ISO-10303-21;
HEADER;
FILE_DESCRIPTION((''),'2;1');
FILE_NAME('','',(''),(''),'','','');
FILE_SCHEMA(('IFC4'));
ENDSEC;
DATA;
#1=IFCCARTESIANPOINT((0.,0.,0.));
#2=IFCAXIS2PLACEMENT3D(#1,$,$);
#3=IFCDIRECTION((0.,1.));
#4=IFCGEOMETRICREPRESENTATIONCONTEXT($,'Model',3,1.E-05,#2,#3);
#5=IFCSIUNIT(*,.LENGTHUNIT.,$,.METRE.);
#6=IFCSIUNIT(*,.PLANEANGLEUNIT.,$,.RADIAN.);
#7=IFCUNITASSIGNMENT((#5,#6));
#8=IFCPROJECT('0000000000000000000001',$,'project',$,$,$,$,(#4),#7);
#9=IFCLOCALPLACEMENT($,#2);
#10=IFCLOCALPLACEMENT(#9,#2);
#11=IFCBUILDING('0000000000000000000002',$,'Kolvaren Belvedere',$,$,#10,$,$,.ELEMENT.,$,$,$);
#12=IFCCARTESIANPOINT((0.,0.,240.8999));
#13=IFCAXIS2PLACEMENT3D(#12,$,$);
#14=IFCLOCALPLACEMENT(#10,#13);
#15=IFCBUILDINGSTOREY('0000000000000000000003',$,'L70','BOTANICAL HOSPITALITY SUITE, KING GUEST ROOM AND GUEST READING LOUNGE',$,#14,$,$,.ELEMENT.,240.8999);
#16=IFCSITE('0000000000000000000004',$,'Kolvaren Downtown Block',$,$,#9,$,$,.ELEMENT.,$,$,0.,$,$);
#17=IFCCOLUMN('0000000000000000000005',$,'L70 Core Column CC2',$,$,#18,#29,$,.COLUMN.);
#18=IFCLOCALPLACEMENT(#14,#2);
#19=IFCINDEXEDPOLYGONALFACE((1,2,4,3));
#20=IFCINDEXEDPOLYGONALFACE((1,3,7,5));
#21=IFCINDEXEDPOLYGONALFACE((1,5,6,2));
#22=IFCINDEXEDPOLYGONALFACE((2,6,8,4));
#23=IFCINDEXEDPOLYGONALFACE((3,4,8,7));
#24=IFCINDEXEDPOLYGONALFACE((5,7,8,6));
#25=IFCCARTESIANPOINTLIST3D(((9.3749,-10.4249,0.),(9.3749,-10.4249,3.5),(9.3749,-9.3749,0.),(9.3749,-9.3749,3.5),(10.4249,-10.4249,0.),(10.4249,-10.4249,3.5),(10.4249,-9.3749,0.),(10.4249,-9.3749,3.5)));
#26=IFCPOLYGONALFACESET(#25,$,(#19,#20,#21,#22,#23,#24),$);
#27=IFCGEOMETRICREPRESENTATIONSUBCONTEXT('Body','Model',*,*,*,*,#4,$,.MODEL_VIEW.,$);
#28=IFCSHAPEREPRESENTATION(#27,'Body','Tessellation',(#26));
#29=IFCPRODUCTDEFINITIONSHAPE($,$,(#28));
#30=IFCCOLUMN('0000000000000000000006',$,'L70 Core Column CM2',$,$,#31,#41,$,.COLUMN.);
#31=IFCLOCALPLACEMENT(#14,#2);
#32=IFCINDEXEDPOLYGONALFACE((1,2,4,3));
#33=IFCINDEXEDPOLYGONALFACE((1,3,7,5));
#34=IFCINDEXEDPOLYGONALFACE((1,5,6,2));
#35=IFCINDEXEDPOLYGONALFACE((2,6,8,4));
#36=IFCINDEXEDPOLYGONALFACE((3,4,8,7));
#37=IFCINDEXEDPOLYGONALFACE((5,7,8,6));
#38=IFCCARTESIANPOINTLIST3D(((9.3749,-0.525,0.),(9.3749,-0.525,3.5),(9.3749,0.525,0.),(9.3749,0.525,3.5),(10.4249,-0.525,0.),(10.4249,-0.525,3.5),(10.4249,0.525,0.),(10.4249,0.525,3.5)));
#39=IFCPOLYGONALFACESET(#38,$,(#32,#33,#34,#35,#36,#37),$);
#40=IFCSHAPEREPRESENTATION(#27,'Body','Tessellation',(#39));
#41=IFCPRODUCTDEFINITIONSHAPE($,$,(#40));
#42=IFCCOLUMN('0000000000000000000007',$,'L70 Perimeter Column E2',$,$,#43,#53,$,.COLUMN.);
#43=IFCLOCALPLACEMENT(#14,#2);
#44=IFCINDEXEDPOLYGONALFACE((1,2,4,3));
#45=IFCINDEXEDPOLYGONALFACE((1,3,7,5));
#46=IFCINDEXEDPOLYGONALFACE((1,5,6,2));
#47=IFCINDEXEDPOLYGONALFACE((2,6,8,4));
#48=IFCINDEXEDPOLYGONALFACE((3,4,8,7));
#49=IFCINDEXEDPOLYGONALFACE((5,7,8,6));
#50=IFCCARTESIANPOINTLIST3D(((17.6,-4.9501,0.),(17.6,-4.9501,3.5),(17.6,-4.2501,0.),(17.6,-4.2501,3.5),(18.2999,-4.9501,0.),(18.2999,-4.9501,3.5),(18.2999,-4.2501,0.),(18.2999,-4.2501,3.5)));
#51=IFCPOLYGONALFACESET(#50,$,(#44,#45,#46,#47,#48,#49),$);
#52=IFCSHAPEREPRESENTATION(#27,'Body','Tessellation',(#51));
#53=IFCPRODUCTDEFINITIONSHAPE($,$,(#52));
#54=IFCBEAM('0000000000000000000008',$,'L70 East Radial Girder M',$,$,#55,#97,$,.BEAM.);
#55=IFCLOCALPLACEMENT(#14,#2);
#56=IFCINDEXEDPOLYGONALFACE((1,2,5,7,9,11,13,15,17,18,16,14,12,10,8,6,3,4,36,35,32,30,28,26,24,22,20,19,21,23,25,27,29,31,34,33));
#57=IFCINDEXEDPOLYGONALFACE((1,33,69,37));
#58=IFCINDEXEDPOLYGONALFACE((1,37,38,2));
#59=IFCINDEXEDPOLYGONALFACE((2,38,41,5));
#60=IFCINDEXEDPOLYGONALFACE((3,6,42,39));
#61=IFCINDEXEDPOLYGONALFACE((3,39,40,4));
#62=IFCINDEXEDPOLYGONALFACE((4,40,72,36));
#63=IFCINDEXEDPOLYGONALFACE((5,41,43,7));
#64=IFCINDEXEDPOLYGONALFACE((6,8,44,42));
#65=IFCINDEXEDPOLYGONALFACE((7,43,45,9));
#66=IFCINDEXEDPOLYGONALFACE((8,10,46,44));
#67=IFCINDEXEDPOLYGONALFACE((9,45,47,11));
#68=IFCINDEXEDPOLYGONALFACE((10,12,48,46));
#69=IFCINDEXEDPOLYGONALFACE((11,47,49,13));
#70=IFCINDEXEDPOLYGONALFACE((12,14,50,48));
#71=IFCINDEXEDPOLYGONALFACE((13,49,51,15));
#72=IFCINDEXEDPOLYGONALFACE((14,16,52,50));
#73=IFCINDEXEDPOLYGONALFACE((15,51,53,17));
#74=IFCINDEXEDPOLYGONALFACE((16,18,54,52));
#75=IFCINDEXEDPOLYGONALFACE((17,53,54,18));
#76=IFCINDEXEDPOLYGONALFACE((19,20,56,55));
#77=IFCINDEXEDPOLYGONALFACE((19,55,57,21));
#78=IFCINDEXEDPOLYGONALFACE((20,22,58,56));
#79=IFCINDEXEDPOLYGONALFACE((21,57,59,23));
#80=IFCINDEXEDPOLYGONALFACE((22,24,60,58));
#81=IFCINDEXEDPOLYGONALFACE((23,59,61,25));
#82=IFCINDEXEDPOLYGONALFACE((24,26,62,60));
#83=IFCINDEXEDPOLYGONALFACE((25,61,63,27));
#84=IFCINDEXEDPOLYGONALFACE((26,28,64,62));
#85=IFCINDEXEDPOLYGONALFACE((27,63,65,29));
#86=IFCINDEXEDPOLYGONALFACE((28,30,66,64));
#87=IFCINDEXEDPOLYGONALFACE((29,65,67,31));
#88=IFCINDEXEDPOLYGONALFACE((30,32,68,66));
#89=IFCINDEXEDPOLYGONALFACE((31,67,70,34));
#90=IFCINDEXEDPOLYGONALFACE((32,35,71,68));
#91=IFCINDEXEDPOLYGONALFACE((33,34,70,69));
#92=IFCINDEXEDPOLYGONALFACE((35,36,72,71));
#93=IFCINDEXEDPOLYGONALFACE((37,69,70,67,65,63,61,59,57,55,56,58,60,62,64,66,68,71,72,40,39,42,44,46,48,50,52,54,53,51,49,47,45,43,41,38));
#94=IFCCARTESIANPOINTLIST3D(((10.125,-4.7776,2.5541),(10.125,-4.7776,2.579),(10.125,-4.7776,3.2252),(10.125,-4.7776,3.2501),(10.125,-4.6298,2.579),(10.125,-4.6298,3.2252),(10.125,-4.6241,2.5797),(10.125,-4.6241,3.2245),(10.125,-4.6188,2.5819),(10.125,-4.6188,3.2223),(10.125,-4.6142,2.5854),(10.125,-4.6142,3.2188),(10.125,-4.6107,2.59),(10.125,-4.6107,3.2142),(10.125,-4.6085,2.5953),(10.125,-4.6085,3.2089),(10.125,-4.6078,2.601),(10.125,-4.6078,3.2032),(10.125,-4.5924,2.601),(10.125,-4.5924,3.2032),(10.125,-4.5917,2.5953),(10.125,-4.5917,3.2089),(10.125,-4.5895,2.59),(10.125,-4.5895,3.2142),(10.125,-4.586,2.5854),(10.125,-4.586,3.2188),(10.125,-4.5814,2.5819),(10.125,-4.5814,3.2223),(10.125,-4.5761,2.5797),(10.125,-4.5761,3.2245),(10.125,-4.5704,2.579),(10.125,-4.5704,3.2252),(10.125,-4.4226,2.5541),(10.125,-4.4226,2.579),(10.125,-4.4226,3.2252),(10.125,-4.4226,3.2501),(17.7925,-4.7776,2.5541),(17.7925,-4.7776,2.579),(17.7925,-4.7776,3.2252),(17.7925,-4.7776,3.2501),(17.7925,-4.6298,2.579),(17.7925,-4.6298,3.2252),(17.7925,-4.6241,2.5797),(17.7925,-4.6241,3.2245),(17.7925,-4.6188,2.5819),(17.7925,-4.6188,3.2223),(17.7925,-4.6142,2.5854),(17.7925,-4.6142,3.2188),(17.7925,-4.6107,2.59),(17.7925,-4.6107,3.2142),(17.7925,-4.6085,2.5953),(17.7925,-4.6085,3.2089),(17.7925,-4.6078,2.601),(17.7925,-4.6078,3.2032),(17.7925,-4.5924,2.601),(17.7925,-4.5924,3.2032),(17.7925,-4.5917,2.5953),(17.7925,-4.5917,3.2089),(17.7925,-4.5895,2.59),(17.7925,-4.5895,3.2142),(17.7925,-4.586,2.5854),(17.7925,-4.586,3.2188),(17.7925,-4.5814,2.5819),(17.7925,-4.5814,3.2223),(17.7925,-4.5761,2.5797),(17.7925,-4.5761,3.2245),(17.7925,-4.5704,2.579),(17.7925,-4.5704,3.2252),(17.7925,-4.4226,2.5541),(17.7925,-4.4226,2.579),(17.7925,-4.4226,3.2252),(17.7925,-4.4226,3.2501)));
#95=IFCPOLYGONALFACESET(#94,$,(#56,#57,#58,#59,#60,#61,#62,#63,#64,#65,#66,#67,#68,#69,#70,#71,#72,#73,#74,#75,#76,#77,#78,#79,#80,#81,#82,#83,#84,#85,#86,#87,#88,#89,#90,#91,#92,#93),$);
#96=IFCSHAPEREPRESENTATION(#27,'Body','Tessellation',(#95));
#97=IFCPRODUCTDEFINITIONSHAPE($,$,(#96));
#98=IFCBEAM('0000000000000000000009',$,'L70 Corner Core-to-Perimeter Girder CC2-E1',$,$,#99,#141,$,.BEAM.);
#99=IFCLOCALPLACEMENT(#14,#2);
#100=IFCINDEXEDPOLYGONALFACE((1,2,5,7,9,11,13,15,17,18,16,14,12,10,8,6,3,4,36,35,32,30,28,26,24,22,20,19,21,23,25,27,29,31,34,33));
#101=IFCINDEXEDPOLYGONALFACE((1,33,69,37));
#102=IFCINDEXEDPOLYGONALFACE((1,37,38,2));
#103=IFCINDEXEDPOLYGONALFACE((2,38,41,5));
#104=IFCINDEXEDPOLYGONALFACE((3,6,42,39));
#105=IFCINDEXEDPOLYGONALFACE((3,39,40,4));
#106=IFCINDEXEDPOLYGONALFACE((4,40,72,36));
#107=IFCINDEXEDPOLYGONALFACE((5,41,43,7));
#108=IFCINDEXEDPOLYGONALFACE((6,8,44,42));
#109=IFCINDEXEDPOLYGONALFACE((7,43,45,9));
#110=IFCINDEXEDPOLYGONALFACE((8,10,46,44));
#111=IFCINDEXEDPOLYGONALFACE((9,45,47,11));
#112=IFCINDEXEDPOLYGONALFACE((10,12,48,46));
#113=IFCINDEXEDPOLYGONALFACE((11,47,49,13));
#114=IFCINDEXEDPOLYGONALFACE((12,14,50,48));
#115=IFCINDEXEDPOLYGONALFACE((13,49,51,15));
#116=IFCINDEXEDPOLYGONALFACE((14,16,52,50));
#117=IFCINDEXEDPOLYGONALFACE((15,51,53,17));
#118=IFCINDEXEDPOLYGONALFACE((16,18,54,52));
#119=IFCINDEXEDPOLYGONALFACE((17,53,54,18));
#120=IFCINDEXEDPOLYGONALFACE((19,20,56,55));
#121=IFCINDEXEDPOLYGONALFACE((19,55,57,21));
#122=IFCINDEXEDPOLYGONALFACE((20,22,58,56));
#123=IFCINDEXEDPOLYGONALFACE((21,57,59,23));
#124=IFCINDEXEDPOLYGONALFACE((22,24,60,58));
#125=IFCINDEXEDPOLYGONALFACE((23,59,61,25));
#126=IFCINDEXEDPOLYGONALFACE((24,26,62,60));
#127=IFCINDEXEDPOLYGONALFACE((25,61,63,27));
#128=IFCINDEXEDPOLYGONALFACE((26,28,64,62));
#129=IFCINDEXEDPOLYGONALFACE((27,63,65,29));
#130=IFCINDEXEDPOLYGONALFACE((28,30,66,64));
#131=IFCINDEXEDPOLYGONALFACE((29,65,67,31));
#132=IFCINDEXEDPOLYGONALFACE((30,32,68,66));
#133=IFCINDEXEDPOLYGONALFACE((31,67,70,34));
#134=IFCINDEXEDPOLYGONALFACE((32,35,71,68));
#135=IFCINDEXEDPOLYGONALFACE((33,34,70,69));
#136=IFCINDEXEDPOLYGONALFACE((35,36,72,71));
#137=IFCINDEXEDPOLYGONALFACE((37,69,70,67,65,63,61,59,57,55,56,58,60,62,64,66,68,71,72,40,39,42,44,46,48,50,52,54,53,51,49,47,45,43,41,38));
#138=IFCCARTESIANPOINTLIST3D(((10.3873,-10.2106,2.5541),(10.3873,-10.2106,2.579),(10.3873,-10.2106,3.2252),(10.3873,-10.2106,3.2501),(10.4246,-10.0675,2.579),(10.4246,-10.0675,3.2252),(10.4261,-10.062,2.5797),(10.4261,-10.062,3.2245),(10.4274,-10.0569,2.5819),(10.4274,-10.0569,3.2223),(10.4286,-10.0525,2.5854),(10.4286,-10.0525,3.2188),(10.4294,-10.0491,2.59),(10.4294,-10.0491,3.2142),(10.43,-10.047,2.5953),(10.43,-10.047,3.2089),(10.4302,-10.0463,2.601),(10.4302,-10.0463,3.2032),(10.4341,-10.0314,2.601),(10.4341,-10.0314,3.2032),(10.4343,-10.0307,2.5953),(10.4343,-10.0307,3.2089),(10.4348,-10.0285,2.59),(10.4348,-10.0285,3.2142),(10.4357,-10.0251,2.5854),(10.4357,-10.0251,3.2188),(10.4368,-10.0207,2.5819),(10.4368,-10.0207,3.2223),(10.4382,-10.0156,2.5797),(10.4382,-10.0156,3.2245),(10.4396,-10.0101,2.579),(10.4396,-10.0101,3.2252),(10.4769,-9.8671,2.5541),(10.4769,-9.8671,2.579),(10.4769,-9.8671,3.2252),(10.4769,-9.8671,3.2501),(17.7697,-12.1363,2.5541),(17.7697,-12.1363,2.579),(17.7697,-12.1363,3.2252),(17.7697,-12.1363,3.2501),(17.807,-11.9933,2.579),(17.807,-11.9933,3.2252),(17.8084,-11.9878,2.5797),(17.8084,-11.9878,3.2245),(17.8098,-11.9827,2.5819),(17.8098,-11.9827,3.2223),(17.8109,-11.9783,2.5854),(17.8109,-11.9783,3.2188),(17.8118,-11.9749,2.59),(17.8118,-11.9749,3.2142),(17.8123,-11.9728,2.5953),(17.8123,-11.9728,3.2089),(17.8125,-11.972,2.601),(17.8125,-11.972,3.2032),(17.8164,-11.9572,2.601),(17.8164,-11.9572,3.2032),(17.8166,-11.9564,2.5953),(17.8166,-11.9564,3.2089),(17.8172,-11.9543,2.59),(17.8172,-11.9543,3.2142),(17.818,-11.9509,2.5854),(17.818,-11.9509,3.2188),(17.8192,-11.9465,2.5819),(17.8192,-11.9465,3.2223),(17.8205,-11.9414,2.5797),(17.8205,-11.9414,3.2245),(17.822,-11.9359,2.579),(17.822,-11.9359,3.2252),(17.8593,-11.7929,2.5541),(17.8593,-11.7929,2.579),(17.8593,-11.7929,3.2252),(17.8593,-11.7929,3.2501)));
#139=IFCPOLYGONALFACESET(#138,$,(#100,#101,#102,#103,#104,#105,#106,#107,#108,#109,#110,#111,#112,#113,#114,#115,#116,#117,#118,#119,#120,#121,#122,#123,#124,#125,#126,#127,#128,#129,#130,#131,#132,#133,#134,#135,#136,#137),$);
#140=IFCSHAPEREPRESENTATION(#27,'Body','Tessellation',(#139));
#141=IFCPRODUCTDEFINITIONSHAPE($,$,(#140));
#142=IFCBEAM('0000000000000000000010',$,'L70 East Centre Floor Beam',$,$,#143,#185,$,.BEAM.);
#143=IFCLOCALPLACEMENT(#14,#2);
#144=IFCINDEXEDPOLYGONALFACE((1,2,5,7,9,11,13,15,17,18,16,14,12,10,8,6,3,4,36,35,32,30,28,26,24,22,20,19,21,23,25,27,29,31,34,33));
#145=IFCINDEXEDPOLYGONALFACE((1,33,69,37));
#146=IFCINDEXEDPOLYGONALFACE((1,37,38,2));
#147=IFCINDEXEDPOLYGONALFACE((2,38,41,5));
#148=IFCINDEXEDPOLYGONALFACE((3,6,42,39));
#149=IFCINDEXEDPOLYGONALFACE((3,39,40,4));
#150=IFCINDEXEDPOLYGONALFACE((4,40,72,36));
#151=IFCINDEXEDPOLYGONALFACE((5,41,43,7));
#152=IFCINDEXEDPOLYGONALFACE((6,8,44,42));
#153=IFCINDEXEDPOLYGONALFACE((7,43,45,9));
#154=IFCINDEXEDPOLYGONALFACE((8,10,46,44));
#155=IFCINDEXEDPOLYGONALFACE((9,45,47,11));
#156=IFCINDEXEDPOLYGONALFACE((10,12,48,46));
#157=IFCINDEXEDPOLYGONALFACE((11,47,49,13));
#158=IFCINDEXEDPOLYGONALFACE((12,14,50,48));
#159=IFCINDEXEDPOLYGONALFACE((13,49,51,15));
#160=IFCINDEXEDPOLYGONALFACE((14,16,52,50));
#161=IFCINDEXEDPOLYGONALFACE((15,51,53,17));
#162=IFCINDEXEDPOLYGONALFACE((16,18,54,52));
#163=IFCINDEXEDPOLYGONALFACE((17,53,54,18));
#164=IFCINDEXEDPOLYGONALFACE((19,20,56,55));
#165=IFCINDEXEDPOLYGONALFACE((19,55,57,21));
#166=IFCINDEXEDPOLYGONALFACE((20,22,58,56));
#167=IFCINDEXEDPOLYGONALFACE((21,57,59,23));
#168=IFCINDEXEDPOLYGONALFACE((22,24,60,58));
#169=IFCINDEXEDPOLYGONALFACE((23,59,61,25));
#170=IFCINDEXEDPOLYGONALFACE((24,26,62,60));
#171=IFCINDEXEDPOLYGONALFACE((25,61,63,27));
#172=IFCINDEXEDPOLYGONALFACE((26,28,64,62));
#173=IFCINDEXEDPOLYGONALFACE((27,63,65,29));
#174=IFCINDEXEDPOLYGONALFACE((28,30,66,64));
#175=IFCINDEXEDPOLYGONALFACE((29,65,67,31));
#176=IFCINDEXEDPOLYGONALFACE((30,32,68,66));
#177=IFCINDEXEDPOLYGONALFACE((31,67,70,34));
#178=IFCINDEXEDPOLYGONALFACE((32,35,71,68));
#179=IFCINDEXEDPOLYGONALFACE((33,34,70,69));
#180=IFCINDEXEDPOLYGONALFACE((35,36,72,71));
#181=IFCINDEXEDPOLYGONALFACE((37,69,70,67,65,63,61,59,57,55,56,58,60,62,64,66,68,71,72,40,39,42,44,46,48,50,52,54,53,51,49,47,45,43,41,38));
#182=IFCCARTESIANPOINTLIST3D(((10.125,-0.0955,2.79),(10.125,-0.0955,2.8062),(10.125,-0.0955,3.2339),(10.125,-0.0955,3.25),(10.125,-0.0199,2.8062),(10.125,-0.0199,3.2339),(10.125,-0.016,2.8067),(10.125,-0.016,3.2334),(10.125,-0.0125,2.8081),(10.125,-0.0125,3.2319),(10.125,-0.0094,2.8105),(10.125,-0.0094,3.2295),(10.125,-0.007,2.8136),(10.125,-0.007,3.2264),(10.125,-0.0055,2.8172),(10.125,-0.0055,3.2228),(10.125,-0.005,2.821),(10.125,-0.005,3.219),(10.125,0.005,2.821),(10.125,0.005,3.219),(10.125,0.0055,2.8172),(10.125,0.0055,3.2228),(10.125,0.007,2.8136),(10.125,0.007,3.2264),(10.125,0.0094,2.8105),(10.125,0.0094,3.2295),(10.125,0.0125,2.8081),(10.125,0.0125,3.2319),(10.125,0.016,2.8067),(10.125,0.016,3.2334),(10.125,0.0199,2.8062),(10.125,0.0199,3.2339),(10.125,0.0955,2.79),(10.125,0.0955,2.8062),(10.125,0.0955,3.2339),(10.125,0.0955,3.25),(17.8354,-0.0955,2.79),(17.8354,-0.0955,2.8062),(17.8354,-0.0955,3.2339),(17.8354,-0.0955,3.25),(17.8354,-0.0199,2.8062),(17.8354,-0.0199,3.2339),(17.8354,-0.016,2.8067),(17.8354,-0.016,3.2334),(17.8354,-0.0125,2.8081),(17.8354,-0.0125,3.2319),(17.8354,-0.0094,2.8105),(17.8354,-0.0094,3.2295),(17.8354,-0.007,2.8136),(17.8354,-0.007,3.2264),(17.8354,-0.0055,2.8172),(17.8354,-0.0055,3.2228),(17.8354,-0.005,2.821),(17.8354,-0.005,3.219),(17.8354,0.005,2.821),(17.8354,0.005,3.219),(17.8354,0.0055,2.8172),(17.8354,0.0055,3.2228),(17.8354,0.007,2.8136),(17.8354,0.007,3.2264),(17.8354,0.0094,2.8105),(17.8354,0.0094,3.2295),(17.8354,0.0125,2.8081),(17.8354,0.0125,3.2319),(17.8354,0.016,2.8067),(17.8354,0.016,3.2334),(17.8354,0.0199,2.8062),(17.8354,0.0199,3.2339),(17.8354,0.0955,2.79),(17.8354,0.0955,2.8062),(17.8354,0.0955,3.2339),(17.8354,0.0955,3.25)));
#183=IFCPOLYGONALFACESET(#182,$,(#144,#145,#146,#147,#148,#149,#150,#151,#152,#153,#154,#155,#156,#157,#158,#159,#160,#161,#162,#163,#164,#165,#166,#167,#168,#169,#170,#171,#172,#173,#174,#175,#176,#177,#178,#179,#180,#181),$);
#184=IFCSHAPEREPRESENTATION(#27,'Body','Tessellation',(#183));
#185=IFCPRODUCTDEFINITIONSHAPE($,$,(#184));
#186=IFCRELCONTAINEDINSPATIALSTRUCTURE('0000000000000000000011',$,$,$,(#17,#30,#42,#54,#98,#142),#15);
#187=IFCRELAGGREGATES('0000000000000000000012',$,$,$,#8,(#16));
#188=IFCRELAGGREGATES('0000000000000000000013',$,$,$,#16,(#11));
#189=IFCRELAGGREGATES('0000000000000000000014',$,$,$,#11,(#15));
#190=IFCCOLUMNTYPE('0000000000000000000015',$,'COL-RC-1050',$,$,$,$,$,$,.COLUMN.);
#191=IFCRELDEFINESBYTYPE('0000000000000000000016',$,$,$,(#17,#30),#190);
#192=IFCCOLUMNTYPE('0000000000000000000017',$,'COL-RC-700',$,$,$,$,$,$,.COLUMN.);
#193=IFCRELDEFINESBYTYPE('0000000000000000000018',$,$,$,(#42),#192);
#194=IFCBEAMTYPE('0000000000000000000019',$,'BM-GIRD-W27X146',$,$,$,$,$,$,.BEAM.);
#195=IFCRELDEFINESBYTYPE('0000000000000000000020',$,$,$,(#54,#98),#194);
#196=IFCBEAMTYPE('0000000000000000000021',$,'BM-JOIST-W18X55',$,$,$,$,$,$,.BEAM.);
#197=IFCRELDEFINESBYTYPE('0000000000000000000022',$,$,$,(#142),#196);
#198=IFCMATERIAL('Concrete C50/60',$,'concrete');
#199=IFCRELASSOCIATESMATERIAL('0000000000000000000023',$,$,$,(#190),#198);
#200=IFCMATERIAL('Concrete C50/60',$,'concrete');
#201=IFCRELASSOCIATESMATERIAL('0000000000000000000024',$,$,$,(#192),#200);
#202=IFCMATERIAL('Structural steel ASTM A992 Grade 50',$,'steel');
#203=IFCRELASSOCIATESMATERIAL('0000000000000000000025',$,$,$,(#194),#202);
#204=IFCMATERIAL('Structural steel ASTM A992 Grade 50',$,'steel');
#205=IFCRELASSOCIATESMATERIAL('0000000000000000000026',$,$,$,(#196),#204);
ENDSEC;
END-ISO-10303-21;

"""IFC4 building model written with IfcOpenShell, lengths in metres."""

from ifc_helpers import new_model, si_unit, direction, frame, origin, origin_2d, place, context, subcontext, project, spatial, rectangle, i_section, extrude, material, material_profile, profile_set, type_object, element, save


model = new_model("IFC4")

# Units and contexts
model_context = context("Model", 3, precision=1e-05, world=origin(), true_north=direction((0.0, 1.0)))
body_context = subcontext(model_context, "Body", "Model", "MODEL_VIEW")
ifc_project = project(units=[si_unit("LENGTHUNIT", "METRE"), si_unit("PLANEANGLEUNIT", "RADIAN")], contexts=[model_context])

# Site, building, storey
site_placement = place(None, origin())
site = spatial("IfcSite", under=ifc_project, at=site_placement, Name="Kolvaren Downtown Block", CompositionType="ELEMENT", RefElevation=0.0)
building_placement = place(site_placement, origin())
building = spatial("IfcBuilding", under=site, at=building_placement, Name="Kolvaren Belvedere", CompositionType="ELEMENT")
storey_placement = place(building_placement, frame((0.0, 0.0, 240.8999)))
storey = spatial("IfcBuildingStorey", under=building, at=storey_placement, Name="L70", Description="BOTANICAL HOSPITALITY SUITE, KING GUEST ROOM AND GUEST READING LOUNGE", CompositionType="ELEMENT", Elevation=240.8999)

# Columns
ifc_material_1 = material(Name="Concrete C50/60", Category="concrete")
ifc_material_profile_1 = material_profile(ifc_material_1, rectangle(XDim=1.05, YDim=1.05, at=origin_2d()), Name="RC 1050X1050")
ifc_profile_set_1 = profile_set([ifc_material_profile_1], Name="Concrete C50/60")
column_type_1 = type_object("IfcColumnType", Name="COL-RC-1050", PredefinedType="COLUMN", material=ifc_profile_set_1)
for number, where, z_axis, x_axis, name in (
    (1, (9.8999, -9.8999, 0.0), (0.0, 0.0, 1.0), (1.0, 0.0, 0.0), "L70 Core Column CC2"),
    (2, (9.8999, 0.0, 0.0), (0.0, 0.0, 1.0), (1.0, 0.0, 0.0), "L70 Core Column CM2"),
):
    element("IfcColumn", number, at=place(storey_placement, frame(where, z_axis=z_axis, x_axis=x_axis)), inside=storey, type_object=column_type_1, Name=name, PredefinedType="COLUMN", context=body_context, shape_type="SweptSolid", body=[
        extrude(rectangle(XDim=1.05, YDim=1.05, at=origin_2d()), origin(), (0.0, 0.0, 1.0), 3.5),
    ])
ifc_material_2 = material(Name="Concrete C50/60", Category="concrete")
ifc_material_profile_2 = material_profile(ifc_material_2, rectangle(XDim=0.7, YDim=0.7, at=origin_2d()), Name="RC 700X700")
ifc_profile_set_2 = profile_set([ifc_material_profile_2], Name="Concrete C50/60")
column_type_2 = type_object("IfcColumnType", Name="COL-RC-700", PredefinedType="COLUMN", material=ifc_profile_set_2)
column_placement = place(storey_placement, frame((17.95, -4.6001, 0.0), z_axis=(0.0, 0.0, 1.0), x_axis=(1.0, 0.0, 0.0)))
element("IfcColumn", 3, at=column_placement, inside=storey, type_object=column_type_2, Name="L70 Perimeter Column E2", PredefinedType="COLUMN", context=body_context, shape_type="SweptSolid", body=[
    extrude(rectangle(XDim=0.7, YDim=0.7, at=origin_2d()), origin(), (0.0, 0.0, 1.0), 3.5),
])

# Beams
ifc_material_3 = material(Name="Structural steel ASTM A992 Grade 50", Category="steel")
ifc_material_profile_3 = material_profile(ifc_material_3, i_section(OverallWidth=0.355, OverallDepth=0.696, WebThickness=0.0154, FlangeThickness=0.0249, FilletRadius=0.022, at=origin_2d()), Name="W27X146")
ifc_profile_set_3 = profile_set([ifc_material_profile_3], Name="Structural steel ASTM A992 Grade 50")
beam_type_1 = type_object("IfcBeamType", Name="BM-GIRD-W27X146", PredefinedType="BEAM", material=ifc_profile_set_3)
beam_1_placement = place(storey_placement, frame((10.125, -4.6001, 2.9021), z_axis=(1.0, 0.0, 0.0), x_axis=(0.0, 1.0, 0.0)))
element("IfcBeam", 4, at=beam_1_placement, inside=storey, type_object=beam_type_1, Name="L70 East Radial Girder M", PredefinedType="BEAM", context=body_context, shape_type="SweptSolid", body=[
    extrude(i_section(OverallWidth=0.355, OverallDepth=0.696, WebThickness=0.0154, FlangeThickness=0.0249, FilletRadius=0.022, at=origin_2d()), origin(), (0.0, 0.0, 1.0), 7.6675),
])
beam_2_placement = place(storey_placement, frame((10.4321, -10.0388, 2.9021), z_axis=(0.967619, -0.252417, 0.0), x_axis=(0.252417, 0.967619, 0.0)))
element("IfcBeam", 5, at=beam_2_placement, inside=storey, type_object=beam_type_1, Name="L70 Corner Core-to-Perimeter Girder CC2-E1", PredefinedType="BEAM", context=body_context, shape_type="SweptSolid", body=[
    extrude(i_section(OverallWidth=0.355, OverallDepth=0.696, WebThickness=0.0154, FlangeThickness=0.0249, FilletRadius=0.022, at=origin_2d()), origin(), (0.0, 0.0, 1.0), 7.6294),
])
ifc_material_4 = material(Name="Structural steel ASTM A992 Grade 50", Category="steel")
ifc_material_profile_4 = material_profile(ifc_material_4, i_section(OverallWidth=0.1909, OverallDepth=0.46, WebThickness=0.01, FlangeThickness=0.0161, FilletRadius=0.0149, at=origin_2d()), Name="W18X55")
ifc_profile_set_4 = profile_set([ifc_material_profile_4], Name="Structural steel ASTM A992 Grade 50")
beam_type_2 = type_object("IfcBeamType", Name="BM-JOIST-W18X55", PredefinedType="BEAM", material=ifc_profile_set_4)
beam_3_placement = place(storey_placement, frame((10.125, 0.0, 3.02), z_axis=(1.0, 0.0, 0.0), x_axis=(0.0, 1.0, 0.0)))
element("IfcBeam", 6, at=beam_3_placement, inside=storey, type_object=beam_type_2, Name="L70 East Centre Floor Beam", PredefinedType="BEAM", context=body_context, shape_type="SweptSolid", body=[
    extrude(i_section(OverallWidth=0.1909, OverallDepth=0.46, WebThickness=0.01, FlangeThickness=0.0161, FilletRadius=0.0149, at=origin_2d()), origin(), (0.0, 0.0, 1.0), 7.7104),
])

save(model, "model.ifc")
